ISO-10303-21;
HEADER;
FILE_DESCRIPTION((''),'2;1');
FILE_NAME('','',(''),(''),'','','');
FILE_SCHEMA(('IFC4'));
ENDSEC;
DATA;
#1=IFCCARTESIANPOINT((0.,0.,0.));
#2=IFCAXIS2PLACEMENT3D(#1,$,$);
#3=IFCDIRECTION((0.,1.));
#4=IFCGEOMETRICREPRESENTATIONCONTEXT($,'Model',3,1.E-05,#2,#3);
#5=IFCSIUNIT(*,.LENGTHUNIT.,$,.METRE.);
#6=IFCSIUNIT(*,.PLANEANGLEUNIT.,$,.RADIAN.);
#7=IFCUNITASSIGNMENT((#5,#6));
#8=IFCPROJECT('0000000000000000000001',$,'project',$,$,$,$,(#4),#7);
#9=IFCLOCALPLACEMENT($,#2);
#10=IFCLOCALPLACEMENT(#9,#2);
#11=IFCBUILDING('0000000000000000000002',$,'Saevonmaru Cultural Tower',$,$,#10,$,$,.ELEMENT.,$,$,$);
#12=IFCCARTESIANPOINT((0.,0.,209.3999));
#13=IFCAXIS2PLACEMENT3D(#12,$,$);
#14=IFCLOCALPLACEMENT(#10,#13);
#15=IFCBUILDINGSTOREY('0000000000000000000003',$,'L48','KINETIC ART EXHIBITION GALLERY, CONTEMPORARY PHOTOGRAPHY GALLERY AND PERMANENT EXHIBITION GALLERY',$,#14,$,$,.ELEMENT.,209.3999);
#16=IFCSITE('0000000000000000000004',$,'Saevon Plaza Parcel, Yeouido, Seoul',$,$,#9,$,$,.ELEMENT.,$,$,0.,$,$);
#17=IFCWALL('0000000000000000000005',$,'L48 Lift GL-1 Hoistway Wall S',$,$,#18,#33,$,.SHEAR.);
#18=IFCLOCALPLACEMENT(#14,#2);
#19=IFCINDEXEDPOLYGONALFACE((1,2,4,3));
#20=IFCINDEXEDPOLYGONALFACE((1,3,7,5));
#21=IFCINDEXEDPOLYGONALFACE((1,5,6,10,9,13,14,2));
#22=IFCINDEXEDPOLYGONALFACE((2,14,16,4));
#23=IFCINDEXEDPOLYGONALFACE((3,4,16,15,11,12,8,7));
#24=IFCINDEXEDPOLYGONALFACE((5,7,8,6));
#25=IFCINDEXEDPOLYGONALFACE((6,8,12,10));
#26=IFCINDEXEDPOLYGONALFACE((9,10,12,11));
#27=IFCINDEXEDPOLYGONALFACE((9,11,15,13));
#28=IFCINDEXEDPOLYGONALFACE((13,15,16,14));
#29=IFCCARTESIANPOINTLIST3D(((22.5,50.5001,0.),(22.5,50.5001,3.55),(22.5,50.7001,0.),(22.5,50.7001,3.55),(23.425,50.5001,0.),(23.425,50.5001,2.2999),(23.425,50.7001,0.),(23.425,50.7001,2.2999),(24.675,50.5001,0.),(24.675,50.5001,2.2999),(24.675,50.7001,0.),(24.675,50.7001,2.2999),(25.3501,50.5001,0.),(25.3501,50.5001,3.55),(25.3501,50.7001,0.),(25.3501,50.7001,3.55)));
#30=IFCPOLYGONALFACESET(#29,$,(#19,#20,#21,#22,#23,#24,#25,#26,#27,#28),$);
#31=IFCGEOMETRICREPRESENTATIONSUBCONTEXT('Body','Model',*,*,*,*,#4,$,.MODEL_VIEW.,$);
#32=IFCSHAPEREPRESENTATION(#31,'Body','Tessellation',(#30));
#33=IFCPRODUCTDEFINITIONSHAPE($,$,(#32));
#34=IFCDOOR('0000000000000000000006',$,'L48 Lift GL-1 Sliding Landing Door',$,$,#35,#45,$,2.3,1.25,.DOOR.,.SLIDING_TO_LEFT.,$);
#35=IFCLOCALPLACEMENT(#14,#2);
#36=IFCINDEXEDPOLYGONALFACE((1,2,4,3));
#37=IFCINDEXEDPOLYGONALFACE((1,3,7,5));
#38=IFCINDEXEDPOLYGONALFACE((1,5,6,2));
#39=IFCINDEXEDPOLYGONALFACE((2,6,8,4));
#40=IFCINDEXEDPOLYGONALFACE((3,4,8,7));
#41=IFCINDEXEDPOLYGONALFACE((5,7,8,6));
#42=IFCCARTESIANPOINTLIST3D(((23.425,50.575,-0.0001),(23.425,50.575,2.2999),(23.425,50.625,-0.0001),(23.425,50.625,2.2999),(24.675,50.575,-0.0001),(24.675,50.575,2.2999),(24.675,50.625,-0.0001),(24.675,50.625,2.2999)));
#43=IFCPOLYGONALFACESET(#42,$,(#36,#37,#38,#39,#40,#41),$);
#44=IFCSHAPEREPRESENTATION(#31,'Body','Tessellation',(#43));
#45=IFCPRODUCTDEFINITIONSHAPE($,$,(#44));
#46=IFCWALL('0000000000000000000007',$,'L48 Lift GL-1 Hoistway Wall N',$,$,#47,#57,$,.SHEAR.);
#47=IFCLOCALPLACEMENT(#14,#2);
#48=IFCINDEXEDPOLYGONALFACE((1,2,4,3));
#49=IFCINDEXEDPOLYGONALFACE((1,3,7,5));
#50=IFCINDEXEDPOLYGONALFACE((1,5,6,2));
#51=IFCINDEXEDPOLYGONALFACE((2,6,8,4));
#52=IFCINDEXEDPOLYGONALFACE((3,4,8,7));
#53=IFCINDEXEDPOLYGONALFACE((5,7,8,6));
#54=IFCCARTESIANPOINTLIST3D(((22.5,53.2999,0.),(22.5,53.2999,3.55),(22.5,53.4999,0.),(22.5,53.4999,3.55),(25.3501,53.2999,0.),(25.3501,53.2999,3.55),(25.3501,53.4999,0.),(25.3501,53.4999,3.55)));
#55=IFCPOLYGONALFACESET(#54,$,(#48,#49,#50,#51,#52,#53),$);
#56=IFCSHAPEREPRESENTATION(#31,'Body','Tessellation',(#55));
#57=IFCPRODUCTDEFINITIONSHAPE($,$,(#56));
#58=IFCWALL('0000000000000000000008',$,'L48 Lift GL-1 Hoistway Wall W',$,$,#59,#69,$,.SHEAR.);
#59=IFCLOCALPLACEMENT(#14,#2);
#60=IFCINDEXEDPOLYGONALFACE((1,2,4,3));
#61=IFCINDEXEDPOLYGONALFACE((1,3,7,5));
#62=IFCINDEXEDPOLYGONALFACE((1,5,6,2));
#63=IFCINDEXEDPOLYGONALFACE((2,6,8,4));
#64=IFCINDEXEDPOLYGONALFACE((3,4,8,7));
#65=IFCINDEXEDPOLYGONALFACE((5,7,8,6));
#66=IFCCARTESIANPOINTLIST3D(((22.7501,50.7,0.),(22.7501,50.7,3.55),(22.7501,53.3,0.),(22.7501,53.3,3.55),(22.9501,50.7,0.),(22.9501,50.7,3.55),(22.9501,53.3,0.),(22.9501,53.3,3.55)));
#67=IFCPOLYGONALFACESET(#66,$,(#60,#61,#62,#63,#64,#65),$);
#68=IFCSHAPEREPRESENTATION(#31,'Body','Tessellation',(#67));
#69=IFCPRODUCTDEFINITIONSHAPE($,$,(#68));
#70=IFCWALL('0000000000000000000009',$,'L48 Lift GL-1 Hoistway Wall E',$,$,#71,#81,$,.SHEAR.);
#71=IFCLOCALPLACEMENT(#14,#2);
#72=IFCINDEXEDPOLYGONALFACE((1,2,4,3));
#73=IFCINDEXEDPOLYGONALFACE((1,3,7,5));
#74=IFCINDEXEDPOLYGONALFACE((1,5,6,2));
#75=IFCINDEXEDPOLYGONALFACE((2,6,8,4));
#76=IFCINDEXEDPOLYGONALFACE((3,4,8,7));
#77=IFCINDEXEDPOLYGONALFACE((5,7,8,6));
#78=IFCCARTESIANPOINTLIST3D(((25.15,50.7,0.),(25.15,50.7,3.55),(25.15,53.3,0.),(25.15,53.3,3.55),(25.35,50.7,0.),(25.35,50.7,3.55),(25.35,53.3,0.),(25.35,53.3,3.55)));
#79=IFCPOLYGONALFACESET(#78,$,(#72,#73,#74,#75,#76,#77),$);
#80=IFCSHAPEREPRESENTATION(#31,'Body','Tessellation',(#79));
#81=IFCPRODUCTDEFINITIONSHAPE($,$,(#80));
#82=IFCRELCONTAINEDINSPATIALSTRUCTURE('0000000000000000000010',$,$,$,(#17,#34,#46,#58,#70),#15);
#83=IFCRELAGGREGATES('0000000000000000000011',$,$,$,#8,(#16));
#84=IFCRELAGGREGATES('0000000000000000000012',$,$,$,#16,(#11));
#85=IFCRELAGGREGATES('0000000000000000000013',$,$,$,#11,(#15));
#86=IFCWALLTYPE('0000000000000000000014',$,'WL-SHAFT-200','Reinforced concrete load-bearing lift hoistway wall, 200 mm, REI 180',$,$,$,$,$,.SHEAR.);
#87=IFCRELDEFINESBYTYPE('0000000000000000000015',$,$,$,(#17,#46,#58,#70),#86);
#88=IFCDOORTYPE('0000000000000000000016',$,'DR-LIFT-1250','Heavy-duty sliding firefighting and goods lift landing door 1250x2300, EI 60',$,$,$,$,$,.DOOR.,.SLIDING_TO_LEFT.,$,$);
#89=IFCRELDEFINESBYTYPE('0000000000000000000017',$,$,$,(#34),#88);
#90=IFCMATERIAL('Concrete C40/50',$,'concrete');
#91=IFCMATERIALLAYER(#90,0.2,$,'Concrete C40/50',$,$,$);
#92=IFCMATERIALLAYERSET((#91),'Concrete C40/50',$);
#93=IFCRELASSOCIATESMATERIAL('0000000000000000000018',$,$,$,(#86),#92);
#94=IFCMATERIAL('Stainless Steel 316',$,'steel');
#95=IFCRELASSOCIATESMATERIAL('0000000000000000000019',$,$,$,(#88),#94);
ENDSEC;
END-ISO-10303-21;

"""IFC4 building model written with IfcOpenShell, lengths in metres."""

from ifc_helpers import new_model, si_unit, direction, frame, frame_2d, origin, place, context, subcontext, project, spatial, rectangle, extrude, material, layer, layer_set, type_object, element, fill, save


model = new_model("IFC4")

# Units and contexts
model_context = context("Model", 3, precision=1e-05, world=origin(), true_north=direction((0.0, 1.0)))
body_context = subcontext(model_context, "Body", "Model", "MODEL_VIEW")
ifc_project = project(units=[si_unit("LENGTHUNIT", "METRE"), si_unit("PLANEANGLEUNIT", "RADIAN")], contexts=[model_context])

# Site, building, storey
site_placement = place(None, origin())
site = spatial("IfcSite", under=ifc_project, at=site_placement, Name="Saevon Plaza Parcel, Yeouido, Seoul", CompositionType="ELEMENT", RefElevation=0.0)
building_placement = place(site_placement, origin())
building = spatial("IfcBuilding", under=site, at=building_placement, Name="Saevonmaru Cultural Tower", CompositionType="ELEMENT")
storey_placement = place(building_placement, frame((0.0, 0.0, 209.3999)))
storey = spatial("IfcBuildingStorey", under=building, at=storey_placement, Name="L48", Description="KINETIC ART EXHIBITION GALLERY, CONTEMPORARY PHOTOGRAPHY GALLERY AND PERMANENT EXHIBITION GALLERY", CompositionType="ELEMENT", Elevation=209.3999)

# Shared definitions
ifc_material_1 = material(Name="Concrete C40/50", Category="concrete")
ifc_layer_1 = layer(ifc_material_1, 0.2, Name="Concrete C40/50")
ifc_layer_set_1 = layer_set([ifc_layer_1], Name="Concrete C40/50")
wall_type_1 = type_object("IfcWallType", Name="WL-SHAFT-200", Description="Reinforced concrete load-bearing lift hoistway wall, 200 mm, REI 180", PredefinedType="SHEAR", material=ifc_layer_set_1)

# Wall, opening, door
wall_1_placement = place(storey_placement, frame((22.5, 50.6001, 0.0), z_axis=(0.0, 0.0, 1.0), x_axis=(1.0, 0.0, 0.0)))
wall_1 = element("IfcWall", 1, at=wall_1_placement, inside=storey, type_object=wall_type_1, Name="L48 Lift GL-1 Hoistway Wall S", PredefinedType="SHEAR", context=body_context, shape_type="SweptSolid", body=[
    extrude(rectangle(XDim=2.8501, YDim=0.2, at=frame_2d((1.425, 0.0))), origin(), (0.0, 0.0, 1.0), 3.55),
])
opening_placement = place(wall_1_placement, frame((0.925, 0.0, 0.0)))
opening = element("IfcOpeningElement", 2, at=opening_placement, cuts=wall_1, PredefinedType="OPENING", context=body_context, shape_type="SweptSolid", body=[
    extrude(rectangle(XDim=1.25, YDim=2.3, at=frame_2d((0.625, 1.1499))), frame((0.0, 0.1099, 0.0), z_axis=(0.0, -1.0, 0.0), x_axis=(1.0, 0.0, 0.0)), (0.0, 0.0, 1.0), 0.22),
])
ifc_material_2 = material(Name="Stainless Steel 316", Category="steel")
door_type = type_object("IfcDoorType", Name="DR-LIFT-1250", Description="Heavy-duty sliding firefighting and goods lift landing door 1250x2300, EI 60", OperationType="SLIDING_TO_LEFT", PredefinedType="DOOR", material=ifc_material_2)
door_placement = place(opening_placement, origin())
door = element("IfcDoor", 3, at=door_placement, inside=storey, type_object=door_type, Name="L48 Lift GL-1 Sliding Landing Door", OperationType="SLIDING_TO_LEFT", OverallHeight=2.3, OverallWidth=1.25, PredefinedType="DOOR", context=body_context, shape_type="SweptSolid", body=[
    extrude(rectangle(XDim=1.25, YDim=2.3, at=frame_2d((0.625, 1.1499))), frame((0.0, 0.0249, 0.0), z_axis=(0.0, -1.0, 0.0), x_axis=(1.0, 0.0, 0.0)), (0.0, 0.0, 1.0), 0.05),
])
fill(opening, door)

# Walls
wall_2_placement = place(storey_placement, frame((22.5, 53.3999, 0.0), z_axis=(0.0, 0.0, 1.0), x_axis=(1.0, 0.0, 0.0)))
element("IfcWall", 4, at=wall_2_placement, inside=storey, type_object=wall_type_1, Name="L48 Lift GL-1 Hoistway Wall N", PredefinedType="SHEAR", context=body_context, shape_type="SweptSolid", body=[
    extrude(rectangle(XDim=2.8501, YDim=0.2, at=frame_2d((1.425, 0.0))), origin(), (0.0, 0.0, 1.0), 3.55),
])
for number, where, z_axis, x_axis, name in (
    (5, (22.8501, 50.7, 0.0), (0.0, 0.0, 1.0), (0.0, 1.0, 0.0), "L48 Lift GL-1 Hoistway Wall W"),
    (6, (25.25, 50.7, 0.0), (0.0, 0.0, 1.0), (0.0, 1.0, 0.0), "L48 Lift GL-1 Hoistway Wall E"),
):
    element("IfcWall", number, at=place(storey_placement, frame(where, z_axis=z_axis, x_axis=x_axis)), inside=storey, type_object=wall_type_1, Name=name, PredefinedType="SHEAR", context=body_context, shape_type="SweptSolid", body=[
        extrude(rectangle(XDim=2.6001, YDim=0.2, at=frame_2d((1.3, 0.0))), origin(), (0.0, 0.0, 1.0), 3.55),
    ])

save(model, "model.ifc")
